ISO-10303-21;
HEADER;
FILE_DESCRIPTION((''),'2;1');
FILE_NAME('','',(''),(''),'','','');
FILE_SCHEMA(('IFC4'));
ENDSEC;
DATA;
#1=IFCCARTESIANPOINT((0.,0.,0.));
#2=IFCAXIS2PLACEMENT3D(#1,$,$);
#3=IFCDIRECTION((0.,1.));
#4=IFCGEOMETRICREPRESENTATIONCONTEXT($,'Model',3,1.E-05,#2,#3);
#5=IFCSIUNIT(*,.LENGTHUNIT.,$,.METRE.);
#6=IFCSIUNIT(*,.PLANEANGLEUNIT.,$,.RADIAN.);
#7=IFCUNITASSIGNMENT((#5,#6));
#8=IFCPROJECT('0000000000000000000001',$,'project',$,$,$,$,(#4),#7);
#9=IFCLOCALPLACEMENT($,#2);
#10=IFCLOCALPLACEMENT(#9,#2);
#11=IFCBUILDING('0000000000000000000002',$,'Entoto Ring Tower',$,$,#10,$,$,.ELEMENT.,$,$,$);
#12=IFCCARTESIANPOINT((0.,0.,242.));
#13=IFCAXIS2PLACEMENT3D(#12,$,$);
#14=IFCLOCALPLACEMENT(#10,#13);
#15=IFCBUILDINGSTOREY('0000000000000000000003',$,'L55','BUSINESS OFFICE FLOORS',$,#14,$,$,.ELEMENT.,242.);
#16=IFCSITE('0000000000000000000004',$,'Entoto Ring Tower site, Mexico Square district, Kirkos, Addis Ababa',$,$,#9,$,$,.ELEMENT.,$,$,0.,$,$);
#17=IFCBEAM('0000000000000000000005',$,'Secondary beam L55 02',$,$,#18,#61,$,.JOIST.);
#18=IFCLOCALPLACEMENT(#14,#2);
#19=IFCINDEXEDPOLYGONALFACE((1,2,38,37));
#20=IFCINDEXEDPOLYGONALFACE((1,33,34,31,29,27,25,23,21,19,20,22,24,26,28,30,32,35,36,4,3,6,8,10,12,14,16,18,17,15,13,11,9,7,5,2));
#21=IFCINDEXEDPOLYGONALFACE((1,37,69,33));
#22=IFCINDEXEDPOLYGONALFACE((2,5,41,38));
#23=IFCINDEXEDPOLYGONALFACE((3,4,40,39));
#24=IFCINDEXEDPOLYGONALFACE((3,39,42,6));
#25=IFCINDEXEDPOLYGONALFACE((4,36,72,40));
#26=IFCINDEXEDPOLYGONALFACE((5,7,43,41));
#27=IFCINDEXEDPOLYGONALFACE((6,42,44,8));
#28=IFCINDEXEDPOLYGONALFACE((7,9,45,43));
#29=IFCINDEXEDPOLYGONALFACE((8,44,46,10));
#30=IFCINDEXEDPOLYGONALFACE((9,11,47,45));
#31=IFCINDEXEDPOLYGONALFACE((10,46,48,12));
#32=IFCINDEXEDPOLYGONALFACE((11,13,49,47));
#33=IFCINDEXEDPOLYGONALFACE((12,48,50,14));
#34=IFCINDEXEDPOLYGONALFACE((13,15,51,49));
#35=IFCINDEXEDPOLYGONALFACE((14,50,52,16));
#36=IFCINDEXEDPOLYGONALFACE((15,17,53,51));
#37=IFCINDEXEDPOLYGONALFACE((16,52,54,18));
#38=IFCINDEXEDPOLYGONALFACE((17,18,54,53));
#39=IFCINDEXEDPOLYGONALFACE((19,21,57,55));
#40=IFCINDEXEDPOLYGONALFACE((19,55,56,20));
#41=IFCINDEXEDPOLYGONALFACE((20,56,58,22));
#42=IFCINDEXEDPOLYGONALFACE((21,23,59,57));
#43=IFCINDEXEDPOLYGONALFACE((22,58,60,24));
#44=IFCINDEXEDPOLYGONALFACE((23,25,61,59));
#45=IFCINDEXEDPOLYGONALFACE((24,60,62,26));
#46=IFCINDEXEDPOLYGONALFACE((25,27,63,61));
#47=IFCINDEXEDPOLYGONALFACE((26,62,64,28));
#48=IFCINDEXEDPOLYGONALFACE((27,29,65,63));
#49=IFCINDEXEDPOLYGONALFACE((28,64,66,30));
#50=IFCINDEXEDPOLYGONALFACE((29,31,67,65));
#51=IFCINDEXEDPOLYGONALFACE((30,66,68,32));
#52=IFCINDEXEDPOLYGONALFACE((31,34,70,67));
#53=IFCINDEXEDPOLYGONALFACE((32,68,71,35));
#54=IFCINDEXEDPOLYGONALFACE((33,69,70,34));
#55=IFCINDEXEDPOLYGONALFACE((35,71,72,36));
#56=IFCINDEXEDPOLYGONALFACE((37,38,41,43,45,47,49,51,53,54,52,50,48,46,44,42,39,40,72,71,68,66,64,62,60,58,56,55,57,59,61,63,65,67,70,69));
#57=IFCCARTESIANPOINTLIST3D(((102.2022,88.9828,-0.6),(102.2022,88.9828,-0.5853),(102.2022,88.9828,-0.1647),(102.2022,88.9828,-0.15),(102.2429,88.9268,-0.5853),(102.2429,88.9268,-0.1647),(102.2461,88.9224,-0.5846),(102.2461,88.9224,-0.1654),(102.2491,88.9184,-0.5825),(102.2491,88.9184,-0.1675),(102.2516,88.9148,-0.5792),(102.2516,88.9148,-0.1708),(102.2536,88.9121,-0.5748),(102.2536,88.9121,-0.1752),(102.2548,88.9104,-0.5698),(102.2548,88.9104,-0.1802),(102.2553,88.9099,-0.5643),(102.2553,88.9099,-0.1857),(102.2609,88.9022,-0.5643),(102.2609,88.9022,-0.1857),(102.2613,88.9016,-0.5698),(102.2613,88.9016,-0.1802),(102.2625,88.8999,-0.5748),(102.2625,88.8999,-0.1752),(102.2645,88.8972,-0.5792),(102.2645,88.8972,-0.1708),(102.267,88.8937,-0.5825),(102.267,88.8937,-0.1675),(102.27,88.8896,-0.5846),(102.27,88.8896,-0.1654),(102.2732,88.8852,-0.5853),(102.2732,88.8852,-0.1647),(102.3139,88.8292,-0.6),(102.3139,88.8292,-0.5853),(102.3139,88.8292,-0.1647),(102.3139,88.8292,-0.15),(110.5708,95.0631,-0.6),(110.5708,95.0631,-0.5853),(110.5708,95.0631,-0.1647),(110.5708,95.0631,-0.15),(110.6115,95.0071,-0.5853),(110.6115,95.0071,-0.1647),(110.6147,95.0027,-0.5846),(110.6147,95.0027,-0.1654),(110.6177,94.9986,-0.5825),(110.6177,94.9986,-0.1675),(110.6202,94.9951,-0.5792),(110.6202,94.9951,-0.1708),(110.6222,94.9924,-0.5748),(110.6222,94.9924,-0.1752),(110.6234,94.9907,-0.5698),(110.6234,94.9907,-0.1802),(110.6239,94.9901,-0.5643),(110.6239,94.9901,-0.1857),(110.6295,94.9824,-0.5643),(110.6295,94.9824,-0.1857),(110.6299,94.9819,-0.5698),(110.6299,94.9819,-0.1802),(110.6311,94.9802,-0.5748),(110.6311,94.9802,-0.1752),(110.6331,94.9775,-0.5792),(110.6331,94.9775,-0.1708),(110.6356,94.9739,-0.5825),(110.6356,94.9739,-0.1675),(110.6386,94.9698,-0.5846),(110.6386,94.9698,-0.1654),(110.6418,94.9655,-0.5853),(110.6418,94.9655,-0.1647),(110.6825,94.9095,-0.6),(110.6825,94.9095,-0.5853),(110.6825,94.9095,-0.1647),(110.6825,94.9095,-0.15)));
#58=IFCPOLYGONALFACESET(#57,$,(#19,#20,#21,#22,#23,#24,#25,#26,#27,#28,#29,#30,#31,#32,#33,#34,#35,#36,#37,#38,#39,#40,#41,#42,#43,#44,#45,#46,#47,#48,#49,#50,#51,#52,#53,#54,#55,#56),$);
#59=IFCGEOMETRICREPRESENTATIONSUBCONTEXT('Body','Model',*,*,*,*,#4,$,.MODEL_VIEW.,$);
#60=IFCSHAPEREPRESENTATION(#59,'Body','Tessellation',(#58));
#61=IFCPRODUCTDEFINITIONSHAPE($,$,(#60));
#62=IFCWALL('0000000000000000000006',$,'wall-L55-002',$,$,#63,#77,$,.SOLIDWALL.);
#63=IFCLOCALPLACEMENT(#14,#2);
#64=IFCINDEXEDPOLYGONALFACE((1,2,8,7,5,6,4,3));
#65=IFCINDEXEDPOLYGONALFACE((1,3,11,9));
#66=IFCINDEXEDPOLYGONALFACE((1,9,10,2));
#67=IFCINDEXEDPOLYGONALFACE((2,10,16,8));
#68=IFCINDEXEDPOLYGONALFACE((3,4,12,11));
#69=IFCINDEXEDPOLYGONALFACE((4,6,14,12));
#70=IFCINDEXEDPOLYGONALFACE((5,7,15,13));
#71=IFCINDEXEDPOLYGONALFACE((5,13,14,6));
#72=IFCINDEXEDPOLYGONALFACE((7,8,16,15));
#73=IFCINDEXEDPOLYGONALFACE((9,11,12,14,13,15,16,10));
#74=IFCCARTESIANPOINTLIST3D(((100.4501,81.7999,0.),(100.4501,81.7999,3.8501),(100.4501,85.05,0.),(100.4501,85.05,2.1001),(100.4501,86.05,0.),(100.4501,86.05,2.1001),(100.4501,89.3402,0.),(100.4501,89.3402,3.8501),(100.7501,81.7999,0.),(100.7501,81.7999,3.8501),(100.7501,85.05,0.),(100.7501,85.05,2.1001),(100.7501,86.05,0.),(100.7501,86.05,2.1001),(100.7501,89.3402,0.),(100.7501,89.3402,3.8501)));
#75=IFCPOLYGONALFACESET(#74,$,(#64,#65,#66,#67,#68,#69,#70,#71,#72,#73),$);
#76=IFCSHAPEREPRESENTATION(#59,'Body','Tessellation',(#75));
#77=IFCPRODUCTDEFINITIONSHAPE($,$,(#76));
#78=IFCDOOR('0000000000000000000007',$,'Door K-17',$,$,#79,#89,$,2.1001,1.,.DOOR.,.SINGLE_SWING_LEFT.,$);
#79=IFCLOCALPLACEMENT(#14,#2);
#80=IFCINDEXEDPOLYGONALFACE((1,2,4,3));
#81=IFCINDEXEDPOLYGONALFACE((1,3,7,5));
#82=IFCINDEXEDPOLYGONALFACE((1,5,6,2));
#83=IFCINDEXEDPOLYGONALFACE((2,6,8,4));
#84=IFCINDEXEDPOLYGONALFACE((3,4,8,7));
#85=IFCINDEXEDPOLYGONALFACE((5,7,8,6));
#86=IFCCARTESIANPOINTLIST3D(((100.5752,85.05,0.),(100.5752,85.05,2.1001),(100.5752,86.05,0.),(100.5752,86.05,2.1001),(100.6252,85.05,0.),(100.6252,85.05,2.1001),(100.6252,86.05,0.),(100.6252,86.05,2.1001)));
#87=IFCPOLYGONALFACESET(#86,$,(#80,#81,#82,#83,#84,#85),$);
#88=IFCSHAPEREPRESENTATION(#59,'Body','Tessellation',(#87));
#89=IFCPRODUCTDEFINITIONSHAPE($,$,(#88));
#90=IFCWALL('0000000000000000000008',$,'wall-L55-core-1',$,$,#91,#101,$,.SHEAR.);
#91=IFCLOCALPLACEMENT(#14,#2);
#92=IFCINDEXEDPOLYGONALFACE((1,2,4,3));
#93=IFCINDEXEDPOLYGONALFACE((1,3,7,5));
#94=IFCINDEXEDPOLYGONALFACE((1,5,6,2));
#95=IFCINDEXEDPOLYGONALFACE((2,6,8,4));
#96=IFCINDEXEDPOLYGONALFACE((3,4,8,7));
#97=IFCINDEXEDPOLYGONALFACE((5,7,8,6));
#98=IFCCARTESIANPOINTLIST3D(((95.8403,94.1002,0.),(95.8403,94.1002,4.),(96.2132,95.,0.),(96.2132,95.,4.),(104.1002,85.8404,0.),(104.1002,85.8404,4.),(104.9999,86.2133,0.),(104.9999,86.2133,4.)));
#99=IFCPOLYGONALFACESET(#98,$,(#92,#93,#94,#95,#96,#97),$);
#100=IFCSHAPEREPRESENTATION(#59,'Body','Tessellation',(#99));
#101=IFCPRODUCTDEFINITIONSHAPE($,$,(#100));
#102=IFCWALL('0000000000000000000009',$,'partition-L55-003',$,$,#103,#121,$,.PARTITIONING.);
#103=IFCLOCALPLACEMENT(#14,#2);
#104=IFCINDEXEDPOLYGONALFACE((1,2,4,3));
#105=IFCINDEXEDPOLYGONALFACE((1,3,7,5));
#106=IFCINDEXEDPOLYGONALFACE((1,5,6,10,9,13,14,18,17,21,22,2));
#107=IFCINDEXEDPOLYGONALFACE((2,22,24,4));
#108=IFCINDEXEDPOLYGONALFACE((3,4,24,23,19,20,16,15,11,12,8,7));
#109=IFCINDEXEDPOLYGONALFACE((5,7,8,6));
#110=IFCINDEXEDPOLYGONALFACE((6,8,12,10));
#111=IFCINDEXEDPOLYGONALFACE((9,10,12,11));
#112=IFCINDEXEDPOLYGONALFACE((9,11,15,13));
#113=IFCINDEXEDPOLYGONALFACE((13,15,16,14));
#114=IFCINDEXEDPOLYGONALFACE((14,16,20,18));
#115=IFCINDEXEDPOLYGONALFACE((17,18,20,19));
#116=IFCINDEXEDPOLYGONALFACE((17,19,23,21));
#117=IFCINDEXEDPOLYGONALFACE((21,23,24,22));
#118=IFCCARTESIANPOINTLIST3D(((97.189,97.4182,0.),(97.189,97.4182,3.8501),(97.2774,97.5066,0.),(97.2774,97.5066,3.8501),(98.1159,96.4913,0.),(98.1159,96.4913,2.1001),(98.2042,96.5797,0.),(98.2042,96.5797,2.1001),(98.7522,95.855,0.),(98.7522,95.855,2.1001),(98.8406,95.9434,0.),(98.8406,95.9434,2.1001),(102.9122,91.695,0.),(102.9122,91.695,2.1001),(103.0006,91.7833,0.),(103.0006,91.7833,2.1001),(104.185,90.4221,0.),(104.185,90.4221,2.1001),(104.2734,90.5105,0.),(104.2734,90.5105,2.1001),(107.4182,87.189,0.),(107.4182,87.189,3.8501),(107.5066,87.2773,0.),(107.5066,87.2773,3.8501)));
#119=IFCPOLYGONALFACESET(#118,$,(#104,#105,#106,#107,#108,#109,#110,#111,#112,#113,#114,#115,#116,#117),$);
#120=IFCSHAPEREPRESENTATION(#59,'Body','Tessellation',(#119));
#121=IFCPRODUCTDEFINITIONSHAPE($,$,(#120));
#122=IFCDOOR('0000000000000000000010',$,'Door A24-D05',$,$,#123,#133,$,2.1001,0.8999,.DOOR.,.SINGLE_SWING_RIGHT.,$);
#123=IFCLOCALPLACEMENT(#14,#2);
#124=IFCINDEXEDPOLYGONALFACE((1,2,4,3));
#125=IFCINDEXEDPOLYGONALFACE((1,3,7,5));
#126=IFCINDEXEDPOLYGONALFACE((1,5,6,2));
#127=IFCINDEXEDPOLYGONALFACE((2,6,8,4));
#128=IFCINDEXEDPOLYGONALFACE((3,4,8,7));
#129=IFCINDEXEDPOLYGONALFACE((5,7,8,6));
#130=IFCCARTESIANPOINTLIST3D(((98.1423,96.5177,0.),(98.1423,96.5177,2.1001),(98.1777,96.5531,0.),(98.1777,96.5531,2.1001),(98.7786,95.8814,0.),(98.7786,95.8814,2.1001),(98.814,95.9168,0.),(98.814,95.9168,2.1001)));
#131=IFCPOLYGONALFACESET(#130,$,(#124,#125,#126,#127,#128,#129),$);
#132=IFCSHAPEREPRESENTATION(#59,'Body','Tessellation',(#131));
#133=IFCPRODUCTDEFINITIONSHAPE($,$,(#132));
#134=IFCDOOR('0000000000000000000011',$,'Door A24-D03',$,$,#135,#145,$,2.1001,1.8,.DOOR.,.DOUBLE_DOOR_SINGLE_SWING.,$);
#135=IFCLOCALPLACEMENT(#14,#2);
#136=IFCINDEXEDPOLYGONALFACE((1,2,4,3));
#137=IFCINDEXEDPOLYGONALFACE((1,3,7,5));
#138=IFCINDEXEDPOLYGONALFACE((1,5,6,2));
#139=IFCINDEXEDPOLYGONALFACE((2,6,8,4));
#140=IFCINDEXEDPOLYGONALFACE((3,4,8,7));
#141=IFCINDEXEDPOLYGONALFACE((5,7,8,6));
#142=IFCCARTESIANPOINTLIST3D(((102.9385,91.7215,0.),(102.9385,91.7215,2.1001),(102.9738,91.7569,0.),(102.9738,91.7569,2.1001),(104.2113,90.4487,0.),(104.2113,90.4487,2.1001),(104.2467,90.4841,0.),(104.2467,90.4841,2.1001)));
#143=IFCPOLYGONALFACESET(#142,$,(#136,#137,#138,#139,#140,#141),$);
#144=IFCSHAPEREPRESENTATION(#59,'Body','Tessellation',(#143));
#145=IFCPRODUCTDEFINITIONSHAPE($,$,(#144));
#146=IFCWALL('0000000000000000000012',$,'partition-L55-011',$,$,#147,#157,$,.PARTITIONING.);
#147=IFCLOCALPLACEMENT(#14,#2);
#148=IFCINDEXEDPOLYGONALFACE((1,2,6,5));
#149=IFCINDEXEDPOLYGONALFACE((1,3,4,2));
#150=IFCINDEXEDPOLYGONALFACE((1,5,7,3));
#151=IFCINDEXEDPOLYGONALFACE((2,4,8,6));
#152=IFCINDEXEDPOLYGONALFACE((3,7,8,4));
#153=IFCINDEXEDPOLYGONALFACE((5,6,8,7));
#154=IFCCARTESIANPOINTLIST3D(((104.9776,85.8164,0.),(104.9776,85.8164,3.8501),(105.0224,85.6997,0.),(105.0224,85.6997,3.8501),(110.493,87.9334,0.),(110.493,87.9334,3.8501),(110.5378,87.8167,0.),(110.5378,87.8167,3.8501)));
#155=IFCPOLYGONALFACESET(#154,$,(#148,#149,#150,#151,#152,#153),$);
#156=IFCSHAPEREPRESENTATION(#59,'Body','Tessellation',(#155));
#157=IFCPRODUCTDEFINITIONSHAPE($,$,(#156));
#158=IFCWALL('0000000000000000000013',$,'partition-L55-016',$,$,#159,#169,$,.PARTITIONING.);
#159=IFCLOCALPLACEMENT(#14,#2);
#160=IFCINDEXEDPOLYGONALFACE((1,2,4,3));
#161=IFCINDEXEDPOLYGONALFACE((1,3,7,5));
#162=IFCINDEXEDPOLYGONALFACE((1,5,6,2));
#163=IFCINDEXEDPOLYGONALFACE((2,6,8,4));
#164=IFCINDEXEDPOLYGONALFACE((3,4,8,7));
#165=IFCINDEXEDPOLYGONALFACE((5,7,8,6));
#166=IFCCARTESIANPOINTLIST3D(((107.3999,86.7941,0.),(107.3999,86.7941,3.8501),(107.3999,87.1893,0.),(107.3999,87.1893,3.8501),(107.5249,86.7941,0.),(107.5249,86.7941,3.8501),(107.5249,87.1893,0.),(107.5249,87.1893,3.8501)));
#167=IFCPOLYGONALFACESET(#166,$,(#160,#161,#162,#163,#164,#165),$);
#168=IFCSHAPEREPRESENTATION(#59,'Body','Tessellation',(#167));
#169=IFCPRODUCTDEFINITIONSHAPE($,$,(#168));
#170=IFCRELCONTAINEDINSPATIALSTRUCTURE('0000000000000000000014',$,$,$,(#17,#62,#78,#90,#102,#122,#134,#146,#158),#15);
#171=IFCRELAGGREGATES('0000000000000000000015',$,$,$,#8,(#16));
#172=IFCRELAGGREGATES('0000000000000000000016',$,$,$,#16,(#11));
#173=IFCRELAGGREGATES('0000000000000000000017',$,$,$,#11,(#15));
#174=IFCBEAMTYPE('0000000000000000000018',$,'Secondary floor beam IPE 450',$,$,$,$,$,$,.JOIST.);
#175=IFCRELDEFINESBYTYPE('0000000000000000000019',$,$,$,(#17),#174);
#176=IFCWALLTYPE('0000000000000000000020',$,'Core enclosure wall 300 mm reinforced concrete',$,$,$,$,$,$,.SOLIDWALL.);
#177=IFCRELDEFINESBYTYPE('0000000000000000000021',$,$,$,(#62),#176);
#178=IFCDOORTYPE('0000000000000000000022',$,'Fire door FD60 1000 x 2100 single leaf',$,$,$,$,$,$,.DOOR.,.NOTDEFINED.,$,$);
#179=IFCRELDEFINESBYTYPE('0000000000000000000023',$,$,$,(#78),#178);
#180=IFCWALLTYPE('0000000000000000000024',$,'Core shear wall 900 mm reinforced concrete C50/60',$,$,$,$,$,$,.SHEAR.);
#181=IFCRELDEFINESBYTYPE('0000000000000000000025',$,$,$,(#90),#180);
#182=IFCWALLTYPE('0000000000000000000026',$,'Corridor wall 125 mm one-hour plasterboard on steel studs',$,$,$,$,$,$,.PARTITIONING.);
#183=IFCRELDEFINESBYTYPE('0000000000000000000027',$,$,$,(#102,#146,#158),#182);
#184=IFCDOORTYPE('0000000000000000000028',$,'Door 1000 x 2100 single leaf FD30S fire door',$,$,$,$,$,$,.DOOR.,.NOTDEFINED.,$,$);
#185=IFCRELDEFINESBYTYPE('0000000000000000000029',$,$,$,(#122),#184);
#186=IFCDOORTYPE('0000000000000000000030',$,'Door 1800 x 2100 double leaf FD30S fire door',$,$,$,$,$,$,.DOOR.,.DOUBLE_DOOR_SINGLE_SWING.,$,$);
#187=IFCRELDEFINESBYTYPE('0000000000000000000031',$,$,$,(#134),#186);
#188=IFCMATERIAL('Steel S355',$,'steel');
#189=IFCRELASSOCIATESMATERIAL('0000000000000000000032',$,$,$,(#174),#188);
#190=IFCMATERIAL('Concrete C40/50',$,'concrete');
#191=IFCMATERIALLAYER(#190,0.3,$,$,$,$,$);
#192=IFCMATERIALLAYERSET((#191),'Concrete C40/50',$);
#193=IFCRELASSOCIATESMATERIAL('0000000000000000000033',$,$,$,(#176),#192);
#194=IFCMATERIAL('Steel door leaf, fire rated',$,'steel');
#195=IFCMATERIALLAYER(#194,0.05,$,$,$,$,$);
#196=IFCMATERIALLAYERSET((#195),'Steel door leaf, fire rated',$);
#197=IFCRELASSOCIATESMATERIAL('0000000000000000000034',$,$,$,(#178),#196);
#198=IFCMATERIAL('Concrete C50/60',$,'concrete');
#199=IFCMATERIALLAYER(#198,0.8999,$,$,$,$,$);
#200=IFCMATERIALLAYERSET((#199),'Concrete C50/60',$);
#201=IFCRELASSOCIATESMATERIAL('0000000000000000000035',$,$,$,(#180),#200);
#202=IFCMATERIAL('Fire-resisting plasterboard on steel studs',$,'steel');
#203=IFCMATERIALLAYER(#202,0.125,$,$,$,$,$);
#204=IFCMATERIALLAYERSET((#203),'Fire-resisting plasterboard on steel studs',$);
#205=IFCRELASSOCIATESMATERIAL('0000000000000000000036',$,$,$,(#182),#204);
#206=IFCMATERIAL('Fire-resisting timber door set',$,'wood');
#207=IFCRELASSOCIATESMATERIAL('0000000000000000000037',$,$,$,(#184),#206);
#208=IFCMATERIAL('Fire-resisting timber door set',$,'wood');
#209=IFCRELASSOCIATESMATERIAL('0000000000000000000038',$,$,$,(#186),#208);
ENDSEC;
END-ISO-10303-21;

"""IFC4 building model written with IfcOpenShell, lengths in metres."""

from ifc_helpers import new_model, si_unit, direction, frame, frame_2d, origin, origin_2d, place, context, subcontext, project, spatial, polyline, rectangle, i_section, outline, extrude, material, layer, layer_set, material_profile, profile_set, type_object, element, fill, save


model = new_model("IFC4")

# Units and contexts
model_context = context("Model", 3, precision=1e-05, world=origin(), true_north=direction((0.0, 1.0)))
body_context = subcontext(model_context, "Body", "Model", "MODEL_VIEW")
ifc_project = project(units=[si_unit("LENGTHUNIT", "METRE"), si_unit("PLANEANGLEUNIT", "RADIAN")], contexts=[model_context])

# Site, building, storey
site_placement = place(None, origin())
site = spatial("IfcSite", under=ifc_project, at=site_placement, Name="Entoto Ring Tower site, Mexico Square district, Kirkos, Addis Ababa", CompositionType="ELEMENT", RefElevation=0.0)
building_placement = place(site_placement, origin())
building = spatial("IfcBuilding", under=site, at=building_placement, Name="Entoto Ring Tower", CompositionType="ELEMENT")
storey_placement = place(building_placement, frame((0.0, 0.0, 242.0)))
storey = spatial("IfcBuildingStorey", under=building, at=storey_placement, Name="L55", Description="BUSINESS OFFICE FLOORS", CompositionType="ELEMENT", Elevation=242.0)

# Beam
ifc_material_1 = material(Name="Steel S355", Category="steel")
ifc_material_profile_1 = material_profile(ifc_material_1, i_section(OverallWidth=0.1899, OverallDepth=0.45, WebThickness=0.0095, FlangeThickness=0.0146, FilletRadius=0.021, at=origin_2d()), Name="IPE 450")
ifc_profile_set_1 = profile_set([ifc_material_profile_1], Name="Steel S355")
beam_type_1 = type_object("IfcBeamType", Name="Secondary floor beam IPE 450", PredefinedType="JOIST", material=ifc_profile_set_1)
beam_1_placement = place(storey_placement, frame((102.2581, 88.906, -0.375), z_axis=(0.809011, 0.587794, 0.0), x_axis=(-0.587794, 0.809011, 0.0)))
element("IfcBeam", 1, at=beam_1_placement, inside=storey, type_object=beam_type_1, Name="Secondary beam L55 02", PredefinedType="JOIST", context=body_context, shape_type="SweptSolid", body=[
    extrude(i_section(OverallWidth=0.1899, OverallDepth=0.45, WebThickness=0.0095, FlangeThickness=0.0146, FilletRadius=0.021, at=origin_2d()), origin(), (0.0, 0.0, 1.0), 10.3442),
])

# Wall, opening, door
ifc_material_2 = material(Name="Concrete C40/50", Category="concrete")
ifc_layer_1 = layer(ifc_material_2, 0.3)
ifc_layer_set_1 = layer_set([ifc_layer_1], Name="Concrete C40/50")
wall_type_1 = type_object("IfcWallType", Name="Core enclosure wall 300 mm reinforced concrete", PredefinedType="SOLIDWALL", material=ifc_layer_set_1)
wall_1_placement = place(storey_placement, frame((100.6001, 81.8, 0.0), z_axis=(0.0, 0.0, 1.0), x_axis=(0.0, 1.0, 0.0)))
wall_1 = element("IfcWall", 2, at=wall_1_placement, inside=storey, type_object=wall_type_1, Name="wall-L55-002", PredefinedType="SOLIDWALL", context=body_context, shape_type="SweptSolid", body=[
    extrude(rectangle(XDim=7.5403, YDim=0.3, at=frame_2d((3.77, 0.0))), origin(), (0.0, 0.0, 1.0), 3.8501),
])
opening_1_placement = place(wall_1_placement, frame((3.25, 0.0, 0.0)))
opening_1 = element("IfcOpeningElement", 3, at=opening_1_placement, cuts=wall_1, PredefinedType="OPENING", context=body_context, shape_type="SweptSolid", body=[
    extrude(rectangle(XDim=1.0, YDim=2.1001, at=frame_2d((0.5, 1.05))), frame((0.0, 0.1602, 0.0), z_axis=(0.0, -1.0, 0.0), x_axis=(1.0, 0.0, 0.0)), (0.0, 0.0, 1.0), 0.3201),
])
ifc_material_3 = material(Name="Steel door leaf, fire rated", Category="steel")
ifc_layer_2 = layer(ifc_material_3, 0.05)
ifc_layer_set_2 = layer_set([ifc_layer_2], Name="Steel door leaf, fire rated")
door_type_1 = type_object("IfcDoorType", Name="Fire door FD60 1000 x 2100 single leaf", OperationType="NOTDEFINED", PredefinedType="DOOR", material=ifc_layer_set_2)
door_1_placement = place(opening_1_placement, origin())
door_1 = element("IfcDoor", 4, at=door_1_placement, inside=storey, type_object=door_type_1, Name="Door K-17", OperationType="SINGLE_SWING_LEFT", OverallHeight=2.1001, OverallWidth=1.0, PredefinedType="DOOR", context=body_context, shape_type="SweptSolid", body=[
    extrude(rectangle(XDim=1.0, YDim=2.1001, at=frame_2d((0.5, 1.05))), frame((0.0, 0.0249, 0.0), z_axis=(0.0, -1.0, 0.0), x_axis=(1.0, 0.0, 0.0)), (0.0, 0.0, 1.0), 0.05),
])
fill(opening_1, door_1)

# Wall
ifc_material_4 = material(Name="Concrete C50/60", Category="concrete")
ifc_layer_3 = layer(ifc_material_4, 0.8999)
ifc_layer_set_3 = layer_set([ifc_layer_3], Name="Concrete C50/60")
wall_type_2 = type_object("IfcWallType", Name="Core shear wall 900 mm reinforced concrete C50/60", PredefinedType="SHEAR", material=ifc_layer_set_3)
wall_2_placement = place(storey_placement, frame((104.55, 86.0269, 0.0), z_axis=(0.0, 0.0, 1.0), x_axis=(-0.707107, 0.707107, 0.0)))
element("IfcWall", 5, at=wall_2_placement, inside=storey, type_object=wall_type_2, Name="wall-L55-core-1", PredefinedType="SHEAR", context=body_context, shape_type="SweptSolid", body=[
    extrude(outline(polyline([(-0.1863, -0.45), (12.24, -0.45), (11.8674, 0.45), (0.1863, 0.45), (-0.1863, -0.45)])), origin(), (0.0, 0.0, 1.0), 4.0),
])

# Wall, openings, doors
ifc_material_5 = material(Name="Fire-resisting plasterboard on steel studs", Category="steel")
ifc_layer_4 = layer(ifc_material_5, 0.125)
ifc_layer_set_4 = layer_set([ifc_layer_4], Name="Fire-resisting plasterboard on steel studs")
wall_type_3 = type_object("IfcWallType", Name="Corridor wall 125 mm one-hour plasterboard on steel studs", PredefinedType="PARTITIONING", material=ifc_layer_set_4)
wall_3_placement = place(storey_placement, frame((107.4624, 87.2332, 0.0), z_axis=(0.0, 0.0, 1.0), x_axis=(-0.707107, 0.707107, 0.0)))
wall_3 = element("IfcWall", 6, at=wall_3_placement, inside=storey, type_object=wall_type_3, Name="partition-L55-003", PredefinedType="PARTITIONING", context=body_context, shape_type="SweptSolid", body=[
    extrude(rectangle(XDim=14.4663, YDim=0.125, at=frame_2d((7.2332, 0.0))), origin(), (0.0, 0.0, 1.0), 3.8501),
])
opening_2_placement = place(wall_3_placement, frame((4.5725, 0.0, 0.0)))
opening_2 = element("IfcOpeningElement", 7, at=opening_2_placement, cuts=wall_3, PredefinedType="OPENING", context=body_context, shape_type="SweptSolid", body=[
    extrude(rectangle(XDim=1.8, YDim=2.1001, at=frame_2d((0.8999, 1.05))), frame((0.0, 0.0725, 0.0), z_axis=(0.0, -1.0, 0.0), x_axis=(1.0, 0.0, 0.0)), (0.0, 0.0, 1.0), 0.145),
])
opening_3_placement = place(wall_3_placement, frame((12.2556, 0.0, 0.0)))
opening_3 = element("IfcOpeningElement", 8, at=opening_3_placement, cuts=wall_3, PredefinedType="OPENING", context=body_context, shape_type="SweptSolid", body=[
    extrude(rectangle(XDim=0.8999, YDim=2.1001, at=frame_2d((0.45, 1.05))), frame((0.0, 0.0725, 0.0), z_axis=(0.0, -1.0, 0.0), x_axis=(1.0, 0.0, 0.0)), (0.0, 0.0, 1.0), 0.145),
])
ifc_material_6 = material(Name="Fire-resisting timber door set", Category="wood")
door_type_2 = type_object("IfcDoorType", Name="Door 1000 x 2100 single leaf FD30S fire door", OperationType="NOTDEFINED", PredefinedType="DOOR", material=ifc_material_6)
door_2_placement = place(opening_3_placement, frame((0.8999, 0.0, 0.0), z_axis=(0.0, 0.0, 1.0), x_axis=(-1.0, 0.0, 0.0)))
door_2 = element("IfcDoor", 9, at=door_2_placement, inside=storey, type_object=door_type_2, Name="Door A24-D05", OperationType="SINGLE_SWING_RIGHT", OverallHeight=2.1001, OverallWidth=0.8999, PredefinedType="DOOR", context=body_context, shape_type="SweptSolid", body=[
    extrude(rectangle(XDim=0.8999, YDim=2.1001, at=frame_2d((0.45, 1.05))), frame((0.0, 0.0249, 0.0), z_axis=(0.0, -1.0, 0.0), x_axis=(1.0, 0.0, 0.0)), (0.0, 0.0, 1.0), 0.05),
])
fill(opening_3, door_2)
ifc_material_7 = material(Name="Fire-resisting timber door set", Category="wood")
door_type_3 = type_object("IfcDoorType", Name="Door 1800 x 2100 double leaf FD30S fire door", OperationType="DOUBLE_DOOR_SINGLE_SWING", PredefinedType="DOOR", material=ifc_material_7)
door_3_placement = place(opening_2_placement, frame((1.8, 0.0, 0.0), z_axis=(0.0, 0.0, 1.0), x_axis=(-1.0, 0.0, 0.0)))
door_3 = element("IfcDoor", 10, at=door_3_placement, inside=storey, type_object=door_type_3, Name="Door A24-D03", OperationType="DOUBLE_DOOR_SINGLE_SWING", OverallHeight=2.1001, OverallWidth=1.8, PredefinedType="DOOR", context=body_context, shape_type="SweptSolid", body=[
    extrude(rectangle(XDim=1.8, YDim=2.1001, at=frame_2d((0.8999, 1.05))), frame((0.0, 0.0249, 0.0), z_axis=(0.0, -1.0, 0.0), x_axis=(1.0, 0.0, 0.0)), (0.0, 0.0, 1.0), 0.05),
])
fill(opening_2, door_3)

# Walls
wall_4_placement = place(storey_placement, frame((105.0, 85.7581, 0.0), z_axis=(0.0, 0.0, 1.0), x_axis=(0.933592, 0.358337, 0.0)))
element("IfcWall", 11, at=wall_4_placement, inside=storey, type_object=wall_type_3, Name="partition-L55-011", PredefinedType="PARTITIONING", context=body_context, shape_type="SweptSolid", body=[
    extrude(rectangle(XDim=5.9077, YDim=0.125, at=frame_2d((2.9539, 0.0))), origin(), (0.0, 0.0, 1.0), 3.8501),
])
wall_5_placement = place(storey_placement, frame((107.4624, 86.7939, 0.0), z_axis=(0.0, 0.0, 1.0), x_axis=(0.0, 1.0, 0.0)))
element("IfcWall", 12, at=wall_5_placement, inside=storey, type_object=wall_type_3, Name="partition-L55-016", PredefinedType="PARTITIONING", context=body_context, shape_type="SweptSolid", body=[
    extrude(rectangle(XDim=0.3953, YDim=0.125, at=frame_2d((0.1978, 0.0))), origin(), (0.0, 0.0, 1.0), 3.8501),
])

save(model, "model.ifc")
